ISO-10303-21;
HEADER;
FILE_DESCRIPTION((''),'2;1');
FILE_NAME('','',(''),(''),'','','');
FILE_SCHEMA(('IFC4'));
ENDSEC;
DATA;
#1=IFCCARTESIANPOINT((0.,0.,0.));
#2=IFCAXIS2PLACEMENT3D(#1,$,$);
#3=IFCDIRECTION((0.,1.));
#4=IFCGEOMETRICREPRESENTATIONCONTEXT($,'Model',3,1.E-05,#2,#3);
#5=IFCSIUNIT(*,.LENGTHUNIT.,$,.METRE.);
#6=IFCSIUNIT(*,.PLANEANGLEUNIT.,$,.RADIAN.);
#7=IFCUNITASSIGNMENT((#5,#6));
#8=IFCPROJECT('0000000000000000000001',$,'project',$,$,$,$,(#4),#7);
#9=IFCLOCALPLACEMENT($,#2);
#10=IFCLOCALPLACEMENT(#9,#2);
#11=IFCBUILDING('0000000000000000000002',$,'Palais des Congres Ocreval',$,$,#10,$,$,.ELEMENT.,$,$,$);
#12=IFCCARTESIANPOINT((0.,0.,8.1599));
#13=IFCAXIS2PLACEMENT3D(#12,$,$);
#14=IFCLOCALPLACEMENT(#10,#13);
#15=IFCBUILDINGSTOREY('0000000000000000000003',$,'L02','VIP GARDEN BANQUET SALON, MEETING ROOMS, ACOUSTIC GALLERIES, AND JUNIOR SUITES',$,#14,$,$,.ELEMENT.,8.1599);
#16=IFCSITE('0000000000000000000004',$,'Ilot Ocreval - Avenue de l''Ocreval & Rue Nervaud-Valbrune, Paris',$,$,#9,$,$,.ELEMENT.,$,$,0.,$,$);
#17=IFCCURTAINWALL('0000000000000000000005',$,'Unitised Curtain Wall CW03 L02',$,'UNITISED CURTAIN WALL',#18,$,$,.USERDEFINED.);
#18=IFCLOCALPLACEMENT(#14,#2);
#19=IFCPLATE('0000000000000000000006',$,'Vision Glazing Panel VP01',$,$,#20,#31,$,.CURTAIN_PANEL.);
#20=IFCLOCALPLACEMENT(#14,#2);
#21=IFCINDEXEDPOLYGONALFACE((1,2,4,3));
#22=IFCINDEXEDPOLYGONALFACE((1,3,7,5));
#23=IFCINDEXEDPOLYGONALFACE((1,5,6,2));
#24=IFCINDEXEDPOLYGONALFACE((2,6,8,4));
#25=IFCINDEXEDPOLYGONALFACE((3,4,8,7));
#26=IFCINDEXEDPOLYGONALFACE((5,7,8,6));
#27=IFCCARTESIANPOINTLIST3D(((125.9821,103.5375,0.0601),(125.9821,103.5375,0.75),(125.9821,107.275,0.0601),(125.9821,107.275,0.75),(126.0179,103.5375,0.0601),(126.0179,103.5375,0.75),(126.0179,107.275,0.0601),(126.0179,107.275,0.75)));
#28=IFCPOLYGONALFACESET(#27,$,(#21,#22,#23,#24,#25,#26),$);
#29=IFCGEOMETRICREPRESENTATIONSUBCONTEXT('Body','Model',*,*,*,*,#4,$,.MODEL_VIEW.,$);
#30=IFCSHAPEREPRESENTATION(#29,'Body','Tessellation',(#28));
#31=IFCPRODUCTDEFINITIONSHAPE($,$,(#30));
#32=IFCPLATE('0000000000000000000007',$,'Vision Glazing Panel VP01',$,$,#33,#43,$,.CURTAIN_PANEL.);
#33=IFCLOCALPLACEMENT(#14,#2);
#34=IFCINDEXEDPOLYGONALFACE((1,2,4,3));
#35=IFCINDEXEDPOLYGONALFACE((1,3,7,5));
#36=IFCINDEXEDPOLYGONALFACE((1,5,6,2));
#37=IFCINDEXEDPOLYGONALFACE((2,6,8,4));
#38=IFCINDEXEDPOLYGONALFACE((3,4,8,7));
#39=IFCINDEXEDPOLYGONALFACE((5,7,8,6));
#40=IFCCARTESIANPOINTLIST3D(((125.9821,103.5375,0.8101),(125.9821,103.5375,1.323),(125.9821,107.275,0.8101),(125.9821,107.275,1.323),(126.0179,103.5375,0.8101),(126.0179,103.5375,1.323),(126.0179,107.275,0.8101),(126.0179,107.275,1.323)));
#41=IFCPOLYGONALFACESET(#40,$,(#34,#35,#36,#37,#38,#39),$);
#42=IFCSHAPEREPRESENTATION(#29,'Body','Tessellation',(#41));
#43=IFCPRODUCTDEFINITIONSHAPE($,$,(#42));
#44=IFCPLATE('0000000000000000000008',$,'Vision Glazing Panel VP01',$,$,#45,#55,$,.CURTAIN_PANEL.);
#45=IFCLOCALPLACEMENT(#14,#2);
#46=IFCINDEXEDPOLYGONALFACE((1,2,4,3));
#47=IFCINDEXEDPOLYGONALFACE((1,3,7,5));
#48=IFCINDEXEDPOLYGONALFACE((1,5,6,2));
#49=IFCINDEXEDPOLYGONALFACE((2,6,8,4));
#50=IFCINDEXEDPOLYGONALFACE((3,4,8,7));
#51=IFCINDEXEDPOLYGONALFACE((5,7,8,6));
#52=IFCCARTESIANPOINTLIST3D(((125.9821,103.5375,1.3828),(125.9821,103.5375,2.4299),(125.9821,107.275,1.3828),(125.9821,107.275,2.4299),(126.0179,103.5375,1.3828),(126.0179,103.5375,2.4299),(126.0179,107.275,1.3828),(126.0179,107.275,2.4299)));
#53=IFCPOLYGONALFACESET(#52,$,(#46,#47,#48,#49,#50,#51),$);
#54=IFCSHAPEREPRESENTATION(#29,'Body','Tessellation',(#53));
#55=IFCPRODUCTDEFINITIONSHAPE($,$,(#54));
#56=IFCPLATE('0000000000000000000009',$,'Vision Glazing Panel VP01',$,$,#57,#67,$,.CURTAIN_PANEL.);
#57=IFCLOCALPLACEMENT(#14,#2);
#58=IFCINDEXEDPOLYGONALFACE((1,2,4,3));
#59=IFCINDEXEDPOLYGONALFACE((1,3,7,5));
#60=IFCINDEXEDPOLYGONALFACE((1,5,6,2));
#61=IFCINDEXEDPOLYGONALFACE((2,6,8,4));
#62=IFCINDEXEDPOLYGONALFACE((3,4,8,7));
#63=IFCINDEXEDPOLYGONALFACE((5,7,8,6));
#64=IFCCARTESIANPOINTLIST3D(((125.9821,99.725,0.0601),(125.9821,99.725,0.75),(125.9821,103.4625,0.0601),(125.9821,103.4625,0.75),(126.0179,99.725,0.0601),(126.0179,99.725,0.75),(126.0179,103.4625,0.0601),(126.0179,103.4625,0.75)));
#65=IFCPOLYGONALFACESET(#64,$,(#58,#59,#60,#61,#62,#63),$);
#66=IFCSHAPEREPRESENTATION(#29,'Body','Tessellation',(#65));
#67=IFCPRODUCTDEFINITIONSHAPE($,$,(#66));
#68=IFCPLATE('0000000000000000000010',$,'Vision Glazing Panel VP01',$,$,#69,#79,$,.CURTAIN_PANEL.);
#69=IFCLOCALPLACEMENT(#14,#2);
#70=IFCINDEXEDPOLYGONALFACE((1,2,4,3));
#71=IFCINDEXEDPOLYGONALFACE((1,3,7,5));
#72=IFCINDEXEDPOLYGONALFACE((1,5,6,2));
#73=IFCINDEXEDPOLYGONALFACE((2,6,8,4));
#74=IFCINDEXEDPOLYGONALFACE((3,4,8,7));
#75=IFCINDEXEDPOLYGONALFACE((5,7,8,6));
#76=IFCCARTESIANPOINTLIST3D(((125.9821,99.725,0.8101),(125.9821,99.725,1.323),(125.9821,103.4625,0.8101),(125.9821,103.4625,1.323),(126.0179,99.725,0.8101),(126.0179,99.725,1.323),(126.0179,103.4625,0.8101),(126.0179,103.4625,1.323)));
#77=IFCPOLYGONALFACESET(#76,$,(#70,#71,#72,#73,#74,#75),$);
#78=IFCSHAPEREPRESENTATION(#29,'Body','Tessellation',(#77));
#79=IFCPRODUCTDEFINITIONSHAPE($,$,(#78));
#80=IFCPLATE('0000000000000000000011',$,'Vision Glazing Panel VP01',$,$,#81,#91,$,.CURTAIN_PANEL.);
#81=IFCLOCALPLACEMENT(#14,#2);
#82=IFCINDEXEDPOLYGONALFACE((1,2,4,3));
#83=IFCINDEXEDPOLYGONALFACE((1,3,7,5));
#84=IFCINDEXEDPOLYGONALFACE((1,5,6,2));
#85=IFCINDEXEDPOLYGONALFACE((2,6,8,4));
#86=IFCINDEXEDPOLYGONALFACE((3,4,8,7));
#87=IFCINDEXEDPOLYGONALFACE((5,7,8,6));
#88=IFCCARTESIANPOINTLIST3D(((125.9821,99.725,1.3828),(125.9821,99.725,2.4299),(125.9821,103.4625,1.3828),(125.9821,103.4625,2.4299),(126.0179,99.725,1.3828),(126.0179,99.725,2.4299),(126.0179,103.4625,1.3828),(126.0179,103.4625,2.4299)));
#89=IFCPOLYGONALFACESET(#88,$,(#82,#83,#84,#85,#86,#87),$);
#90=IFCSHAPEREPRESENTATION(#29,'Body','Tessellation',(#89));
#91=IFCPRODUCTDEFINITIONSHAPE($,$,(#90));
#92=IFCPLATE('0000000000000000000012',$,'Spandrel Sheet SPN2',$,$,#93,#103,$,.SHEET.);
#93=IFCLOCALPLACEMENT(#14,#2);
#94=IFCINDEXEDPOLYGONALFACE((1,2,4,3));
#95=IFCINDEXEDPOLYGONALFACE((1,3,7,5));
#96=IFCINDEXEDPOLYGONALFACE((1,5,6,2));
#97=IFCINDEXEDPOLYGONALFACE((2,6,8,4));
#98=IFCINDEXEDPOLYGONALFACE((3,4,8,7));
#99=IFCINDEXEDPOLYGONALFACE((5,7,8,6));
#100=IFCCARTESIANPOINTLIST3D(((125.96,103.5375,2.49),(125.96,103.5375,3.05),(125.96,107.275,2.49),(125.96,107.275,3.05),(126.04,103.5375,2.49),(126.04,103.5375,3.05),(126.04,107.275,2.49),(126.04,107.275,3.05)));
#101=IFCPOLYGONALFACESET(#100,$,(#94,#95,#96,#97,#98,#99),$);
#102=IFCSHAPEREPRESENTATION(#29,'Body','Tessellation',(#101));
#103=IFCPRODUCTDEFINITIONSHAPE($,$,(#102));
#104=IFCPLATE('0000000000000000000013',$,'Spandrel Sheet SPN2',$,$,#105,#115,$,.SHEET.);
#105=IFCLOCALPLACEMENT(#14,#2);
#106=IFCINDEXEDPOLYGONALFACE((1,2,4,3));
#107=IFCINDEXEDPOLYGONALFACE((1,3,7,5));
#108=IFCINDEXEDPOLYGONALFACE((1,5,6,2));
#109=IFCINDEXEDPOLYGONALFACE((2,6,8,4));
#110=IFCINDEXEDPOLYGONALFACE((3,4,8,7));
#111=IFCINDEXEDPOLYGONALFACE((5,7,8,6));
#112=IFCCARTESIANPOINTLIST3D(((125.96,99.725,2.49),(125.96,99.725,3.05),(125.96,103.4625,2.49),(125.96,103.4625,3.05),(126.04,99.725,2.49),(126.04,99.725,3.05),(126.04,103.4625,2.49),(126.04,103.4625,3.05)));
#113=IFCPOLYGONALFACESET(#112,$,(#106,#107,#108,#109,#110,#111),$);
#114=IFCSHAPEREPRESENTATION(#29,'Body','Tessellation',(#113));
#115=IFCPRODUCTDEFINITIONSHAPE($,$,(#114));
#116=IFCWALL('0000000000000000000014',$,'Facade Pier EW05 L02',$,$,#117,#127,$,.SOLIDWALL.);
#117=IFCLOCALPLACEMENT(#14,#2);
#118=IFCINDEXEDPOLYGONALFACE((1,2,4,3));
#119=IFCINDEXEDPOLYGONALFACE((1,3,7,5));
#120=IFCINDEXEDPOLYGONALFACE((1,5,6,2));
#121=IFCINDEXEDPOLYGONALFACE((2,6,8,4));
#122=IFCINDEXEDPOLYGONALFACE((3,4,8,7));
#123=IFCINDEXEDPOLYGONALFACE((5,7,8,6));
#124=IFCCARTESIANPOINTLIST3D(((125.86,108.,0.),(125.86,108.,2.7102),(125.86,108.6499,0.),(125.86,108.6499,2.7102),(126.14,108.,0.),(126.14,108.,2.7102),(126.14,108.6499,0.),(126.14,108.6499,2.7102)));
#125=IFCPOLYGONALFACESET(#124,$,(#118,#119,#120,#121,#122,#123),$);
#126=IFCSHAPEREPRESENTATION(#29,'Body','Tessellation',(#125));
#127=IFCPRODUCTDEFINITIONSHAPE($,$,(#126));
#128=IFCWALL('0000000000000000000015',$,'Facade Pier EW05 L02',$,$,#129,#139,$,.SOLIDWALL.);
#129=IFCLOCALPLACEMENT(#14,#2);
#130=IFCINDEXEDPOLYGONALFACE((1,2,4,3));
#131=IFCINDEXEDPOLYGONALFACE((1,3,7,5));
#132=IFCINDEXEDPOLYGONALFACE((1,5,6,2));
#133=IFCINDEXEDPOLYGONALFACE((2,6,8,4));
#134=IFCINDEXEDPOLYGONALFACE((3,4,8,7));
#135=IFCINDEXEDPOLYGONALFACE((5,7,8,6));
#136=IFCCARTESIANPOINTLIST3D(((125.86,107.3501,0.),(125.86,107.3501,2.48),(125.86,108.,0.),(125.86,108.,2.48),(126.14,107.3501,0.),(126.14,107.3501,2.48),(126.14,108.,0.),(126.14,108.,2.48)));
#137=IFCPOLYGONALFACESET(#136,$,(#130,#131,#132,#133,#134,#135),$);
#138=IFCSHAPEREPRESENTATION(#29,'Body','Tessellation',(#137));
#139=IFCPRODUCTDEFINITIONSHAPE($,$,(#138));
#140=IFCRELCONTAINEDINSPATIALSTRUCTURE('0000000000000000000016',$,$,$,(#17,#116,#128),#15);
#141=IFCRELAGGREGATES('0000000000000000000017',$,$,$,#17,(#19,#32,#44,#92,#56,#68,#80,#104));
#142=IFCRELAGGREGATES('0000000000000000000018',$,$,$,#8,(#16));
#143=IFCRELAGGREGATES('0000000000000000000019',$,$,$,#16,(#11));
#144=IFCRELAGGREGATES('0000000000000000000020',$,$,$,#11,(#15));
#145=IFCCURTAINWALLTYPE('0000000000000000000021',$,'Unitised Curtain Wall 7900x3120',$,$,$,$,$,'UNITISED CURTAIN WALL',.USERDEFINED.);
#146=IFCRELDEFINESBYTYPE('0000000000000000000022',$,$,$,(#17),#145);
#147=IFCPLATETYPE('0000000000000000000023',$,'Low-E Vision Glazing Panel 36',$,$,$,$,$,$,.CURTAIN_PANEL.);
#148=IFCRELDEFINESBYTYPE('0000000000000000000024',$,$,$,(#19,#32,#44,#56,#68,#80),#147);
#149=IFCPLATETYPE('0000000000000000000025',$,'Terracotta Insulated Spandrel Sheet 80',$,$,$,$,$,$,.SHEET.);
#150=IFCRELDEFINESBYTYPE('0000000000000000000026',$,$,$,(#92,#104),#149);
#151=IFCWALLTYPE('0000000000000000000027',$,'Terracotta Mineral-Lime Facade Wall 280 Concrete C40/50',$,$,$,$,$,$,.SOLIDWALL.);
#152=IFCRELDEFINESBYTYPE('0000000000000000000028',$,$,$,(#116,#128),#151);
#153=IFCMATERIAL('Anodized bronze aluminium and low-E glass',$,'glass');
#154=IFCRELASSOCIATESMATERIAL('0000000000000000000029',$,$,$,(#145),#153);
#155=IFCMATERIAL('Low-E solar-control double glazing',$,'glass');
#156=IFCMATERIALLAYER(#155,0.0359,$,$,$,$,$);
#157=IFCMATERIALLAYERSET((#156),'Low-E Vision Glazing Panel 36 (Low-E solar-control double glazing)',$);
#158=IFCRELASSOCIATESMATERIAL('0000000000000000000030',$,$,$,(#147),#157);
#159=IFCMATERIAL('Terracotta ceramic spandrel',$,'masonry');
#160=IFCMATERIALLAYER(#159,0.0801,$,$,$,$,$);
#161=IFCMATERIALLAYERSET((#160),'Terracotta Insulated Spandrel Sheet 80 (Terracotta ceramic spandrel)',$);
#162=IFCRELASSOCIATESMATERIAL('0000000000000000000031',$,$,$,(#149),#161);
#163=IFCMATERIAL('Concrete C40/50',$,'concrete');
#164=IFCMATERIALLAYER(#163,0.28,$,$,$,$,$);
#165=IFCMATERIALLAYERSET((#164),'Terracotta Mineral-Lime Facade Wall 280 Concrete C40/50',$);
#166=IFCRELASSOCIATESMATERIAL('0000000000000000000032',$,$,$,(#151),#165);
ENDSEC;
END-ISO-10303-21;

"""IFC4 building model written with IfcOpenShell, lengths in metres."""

from ifc_helpers import new_model, si_unit, direction, frame, frame_2d, origin, origin_2d, place, context, subcontext, project, spatial, rectangle, extrude, material, layer, layer_set, type_object, element, aggregate, save


model = new_model("IFC4")

# Units and contexts
model_context = context("Model", 3, precision=1e-05, world=origin(), true_north=direction((0.0, 1.0)))
body_context = subcontext(model_context, "Body", "Model", "MODEL_VIEW")
ifc_project = project(units=[si_unit("LENGTHUNIT", "METRE"), si_unit("PLANEANGLEUNIT", "RADIAN")], contexts=[model_context])

# Site, building, storey
site_placement = place(None, origin())
site = spatial("IfcSite", under=ifc_project, at=site_placement, Name="Ilot Ocreval - Avenue de l'Ocreval & Rue Nervaud-Valbrune, Paris", CompositionType="ELEMENT", RefElevation=0.0)
building_placement = place(site_placement, origin())
building = spatial("IfcBuilding", under=site, at=building_placement, Name="Palais des Congres Ocreval", CompositionType="ELEMENT")
storey_placement = place(building_placement, frame((0.0, 0.0, 8.1599)))
storey = spatial("IfcBuildingStorey", under=building, at=storey_placement, Name="L02", Description="VIP GARDEN BANQUET SALON, MEETING ROOMS, ACOUSTIC GALLERIES, AND JUNIOR SUITES", CompositionType="ELEMENT", Elevation=8.1599)

# Shared definitions
ifc_material_1 = material(Name="Anodized bronze aluminium and low-E glass", Category="glass")

# Curtain wall
curtain_wall_type_1 = type_object("IfcCurtainWallType", Name="Unitised Curtain Wall 7900x3120", ElementType="UNITISED CURTAIN WALL", PredefinedType="USERDEFINED", material=ifc_material_1)
curtain_wall_1_placement = place(storey_placement, origin())
curtain_wall_1 = element("IfcCurtainWall", 1, at=curtain_wall_1_placement, inside=storey, type_object=curtain_wall_type_1, Name="Unitised Curtain Wall CW03 L02", ObjectType="UNITISED CURTAIN WALL", PredefinedType="USERDEFINED")

# Plates
ifc_material_2 = material(Name="Low-E solar-control double glazing", Category="glass")
ifc_layer_1 = layer(ifc_material_2, 0.0359)
ifc_layer_set_1 = layer_set([ifc_layer_1], Name="Low-E Vision Glazing Panel 36 (Low-E solar-control double glazing)")
plate_type_1 = type_object("IfcPlateType", Name="Low-E Vision Glazing Panel 36", PredefinedType="CURTAIN_PANEL", material=ifc_layer_set_1)
plate_1_placement = place(storey_placement, frame((126.0, 105.4062, 0.0601), z_axis=(0.0, 0.0, 1.0), x_axis=(0.0, -1.0, 0.0)))
plate_1 = element("IfcPlate", 2, at=plate_1_placement, type_object=plate_type_1, Name="Vision Glazing Panel VP01", PredefinedType="CURTAIN_PANEL", context=body_context, shape_type="SweptSolid", body=[
    extrude(rectangle(XDim=3.7375, YDim=0.0359, at=origin_2d()), origin(), (0.0, 0.0, 1.0), 0.6899),
])
plate_2_placement = place(storey_placement, frame((126.0, 105.4062, 0.8101), z_axis=(0.0, 0.0, 1.0), x_axis=(0.0, -1.0, 0.0)))
plate_2 = element("IfcPlate", 3, at=plate_2_placement, type_object=plate_type_1, Name="Vision Glazing Panel VP01", PredefinedType="CURTAIN_PANEL", context=body_context, shape_type="SweptSolid", body=[
    extrude(rectangle(XDim=3.7375, YDim=0.0359, at=origin_2d()), origin(), (0.0, 0.0, 1.0), 0.5129),
])
plate_3_placement = place(storey_placement, frame((126.0, 105.4062, 1.3828), z_axis=(0.0, 0.0, 1.0), x_axis=(0.0, -1.0, 0.0)))
plate_3 = element("IfcPlate", 4, at=plate_3_placement, type_object=plate_type_1, Name="Vision Glazing Panel VP01", PredefinedType="CURTAIN_PANEL", context=body_context, shape_type="SweptSolid", body=[
    extrude(rectangle(XDim=3.7375, YDim=0.0359, at=origin_2d()), origin(), (0.0, 0.0, 1.0), 1.0471),
])
plate_4_placement = place(storey_placement, frame((126.0, 101.5938, 0.0601), z_axis=(0.0, 0.0, 1.0), x_axis=(0.0, -1.0, 0.0)))
plate_4 = element("IfcPlate", 5, at=plate_4_placement, type_object=plate_type_1, Name="Vision Glazing Panel VP01", PredefinedType="CURTAIN_PANEL", context=body_context, shape_type="SweptSolid", body=[
    extrude(rectangle(XDim=3.7375, YDim=0.0359, at=origin_2d()), origin(), (0.0, 0.0, 1.0), 0.6899),
])
plate_5_placement = place(storey_placement, frame((126.0, 101.5938, 0.8101), z_axis=(0.0, 0.0, 1.0), x_axis=(0.0, -1.0, 0.0)))
plate_5 = element("IfcPlate", 6, at=plate_5_placement, type_object=plate_type_1, Name="Vision Glazing Panel VP01", PredefinedType="CURTAIN_PANEL", context=body_context, shape_type="SweptSolid", body=[
    extrude(rectangle(XDim=3.7375, YDim=0.0359, at=origin_2d()), origin(), (0.0, 0.0, 1.0), 0.5129),
])
plate_6_placement = place(storey_placement, frame((126.0, 101.5938, 1.3828), z_axis=(0.0, 0.0, 1.0), x_axis=(0.0, -1.0, 0.0)))
plate_6 = element("IfcPlate", 7, at=plate_6_placement, type_object=plate_type_1, Name="Vision Glazing Panel VP01", PredefinedType="CURTAIN_PANEL", context=body_context, shape_type="SweptSolid", body=[
    extrude(rectangle(XDim=3.7375, YDim=0.0359, at=origin_2d()), origin(), (0.0, 0.0, 1.0), 1.0471),
])
ifc_material_3 = material(Name="Terracotta ceramic spandrel", Category="masonry")
ifc_layer_2 = layer(ifc_material_3, 0.0801)
ifc_layer_set_2 = layer_set([ifc_layer_2], Name="Terracotta Insulated Spandrel Sheet 80 (Terracotta ceramic spandrel)")
plate_type_2 = type_object("IfcPlateType", Name="Terracotta Insulated Spandrel Sheet 80", PredefinedType="SHEET", material=ifc_layer_set_2)
plate_7_placement = place(storey_placement, frame((126.0, 105.4062, 2.49), z_axis=(0.0, 0.0, 1.0), x_axis=(0.0, -1.0, 0.0)))
plate_7 = element("IfcPlate", 8, at=plate_7_placement, type_object=plate_type_2, Name="Spandrel Sheet SPN2", PredefinedType="SHEET", context=body_context, shape_type="SweptSolid", body=[
    extrude(rectangle(XDim=3.7375, YDim=0.0801, at=origin_2d()), origin(), (0.0, 0.0, 1.0), 0.5601),
])
plate_8_placement = place(storey_placement, frame((126.0, 101.5938, 2.49), z_axis=(0.0, 0.0, 1.0), x_axis=(0.0, -1.0, 0.0)))
plate_8 = element("IfcPlate", 9, at=plate_8_placement, type_object=plate_type_2, Name="Spandrel Sheet SPN2", PredefinedType="SHEET", context=body_context, shape_type="SweptSolid", body=[
    extrude(rectangle(XDim=3.7375, YDim=0.0801, at=origin_2d()), origin(), (0.0, 0.0, 1.0), 0.5601),
])
aggregate(curtain_wall_1, [plate_1, plate_2, plate_3, plate_7, plate_4, plate_5, plate_6, plate_8])

# Walls
ifc_material_4 = material(Name="Concrete C40/50", Category="concrete")
ifc_layer_3 = layer(ifc_material_4, 0.28)
ifc_layer_set_3 = layer_set([ifc_layer_3], Name="Terracotta Mineral-Lime Facade Wall 280 Concrete C40/50")
wall_type = type_object("IfcWallType", Name="Terracotta Mineral-Lime Facade Wall 280 Concrete C40/50", PredefinedType="SOLIDWALL", material=ifc_layer_set_3)
wall_1_placement = place(storey_placement, frame((126.0, 108.6499, 0.0), z_axis=(0.0, 0.0, 1.0), x_axis=(0.0, -1.0, 0.0)))
element("IfcWall", 10, at=wall_1_placement, inside=storey, type_object=wall_type, Name="Facade Pier EW05 L02", PredefinedType="SOLIDWALL", context=body_context, shape_type="SweptSolid", body=[
    extrude(rectangle(XDim=0.6499, YDim=0.28, at=frame_2d((0.325, 0.0))), origin(), (0.0, 0.0, 1.0), 2.7102),
])
wall_2_placement = place(storey_placement, frame((126.0, 108.0, 0.0), z_axis=(0.0, 0.0, 1.0), x_axis=(0.0, -1.0, 0.0)))
element("IfcWall", 11, at=wall_2_placement, inside=storey, type_object=wall_type, Name="Facade Pier EW05 L02", PredefinedType="SOLIDWALL", context=body_context, shape_type="SweptSolid", body=[
    extrude(rectangle(XDim=0.6499, YDim=0.28, at=frame_2d((0.325, 0.0))), origin(), (0.0, 0.0, 1.0), 2.48),
])

save(model, "model.ifc")
